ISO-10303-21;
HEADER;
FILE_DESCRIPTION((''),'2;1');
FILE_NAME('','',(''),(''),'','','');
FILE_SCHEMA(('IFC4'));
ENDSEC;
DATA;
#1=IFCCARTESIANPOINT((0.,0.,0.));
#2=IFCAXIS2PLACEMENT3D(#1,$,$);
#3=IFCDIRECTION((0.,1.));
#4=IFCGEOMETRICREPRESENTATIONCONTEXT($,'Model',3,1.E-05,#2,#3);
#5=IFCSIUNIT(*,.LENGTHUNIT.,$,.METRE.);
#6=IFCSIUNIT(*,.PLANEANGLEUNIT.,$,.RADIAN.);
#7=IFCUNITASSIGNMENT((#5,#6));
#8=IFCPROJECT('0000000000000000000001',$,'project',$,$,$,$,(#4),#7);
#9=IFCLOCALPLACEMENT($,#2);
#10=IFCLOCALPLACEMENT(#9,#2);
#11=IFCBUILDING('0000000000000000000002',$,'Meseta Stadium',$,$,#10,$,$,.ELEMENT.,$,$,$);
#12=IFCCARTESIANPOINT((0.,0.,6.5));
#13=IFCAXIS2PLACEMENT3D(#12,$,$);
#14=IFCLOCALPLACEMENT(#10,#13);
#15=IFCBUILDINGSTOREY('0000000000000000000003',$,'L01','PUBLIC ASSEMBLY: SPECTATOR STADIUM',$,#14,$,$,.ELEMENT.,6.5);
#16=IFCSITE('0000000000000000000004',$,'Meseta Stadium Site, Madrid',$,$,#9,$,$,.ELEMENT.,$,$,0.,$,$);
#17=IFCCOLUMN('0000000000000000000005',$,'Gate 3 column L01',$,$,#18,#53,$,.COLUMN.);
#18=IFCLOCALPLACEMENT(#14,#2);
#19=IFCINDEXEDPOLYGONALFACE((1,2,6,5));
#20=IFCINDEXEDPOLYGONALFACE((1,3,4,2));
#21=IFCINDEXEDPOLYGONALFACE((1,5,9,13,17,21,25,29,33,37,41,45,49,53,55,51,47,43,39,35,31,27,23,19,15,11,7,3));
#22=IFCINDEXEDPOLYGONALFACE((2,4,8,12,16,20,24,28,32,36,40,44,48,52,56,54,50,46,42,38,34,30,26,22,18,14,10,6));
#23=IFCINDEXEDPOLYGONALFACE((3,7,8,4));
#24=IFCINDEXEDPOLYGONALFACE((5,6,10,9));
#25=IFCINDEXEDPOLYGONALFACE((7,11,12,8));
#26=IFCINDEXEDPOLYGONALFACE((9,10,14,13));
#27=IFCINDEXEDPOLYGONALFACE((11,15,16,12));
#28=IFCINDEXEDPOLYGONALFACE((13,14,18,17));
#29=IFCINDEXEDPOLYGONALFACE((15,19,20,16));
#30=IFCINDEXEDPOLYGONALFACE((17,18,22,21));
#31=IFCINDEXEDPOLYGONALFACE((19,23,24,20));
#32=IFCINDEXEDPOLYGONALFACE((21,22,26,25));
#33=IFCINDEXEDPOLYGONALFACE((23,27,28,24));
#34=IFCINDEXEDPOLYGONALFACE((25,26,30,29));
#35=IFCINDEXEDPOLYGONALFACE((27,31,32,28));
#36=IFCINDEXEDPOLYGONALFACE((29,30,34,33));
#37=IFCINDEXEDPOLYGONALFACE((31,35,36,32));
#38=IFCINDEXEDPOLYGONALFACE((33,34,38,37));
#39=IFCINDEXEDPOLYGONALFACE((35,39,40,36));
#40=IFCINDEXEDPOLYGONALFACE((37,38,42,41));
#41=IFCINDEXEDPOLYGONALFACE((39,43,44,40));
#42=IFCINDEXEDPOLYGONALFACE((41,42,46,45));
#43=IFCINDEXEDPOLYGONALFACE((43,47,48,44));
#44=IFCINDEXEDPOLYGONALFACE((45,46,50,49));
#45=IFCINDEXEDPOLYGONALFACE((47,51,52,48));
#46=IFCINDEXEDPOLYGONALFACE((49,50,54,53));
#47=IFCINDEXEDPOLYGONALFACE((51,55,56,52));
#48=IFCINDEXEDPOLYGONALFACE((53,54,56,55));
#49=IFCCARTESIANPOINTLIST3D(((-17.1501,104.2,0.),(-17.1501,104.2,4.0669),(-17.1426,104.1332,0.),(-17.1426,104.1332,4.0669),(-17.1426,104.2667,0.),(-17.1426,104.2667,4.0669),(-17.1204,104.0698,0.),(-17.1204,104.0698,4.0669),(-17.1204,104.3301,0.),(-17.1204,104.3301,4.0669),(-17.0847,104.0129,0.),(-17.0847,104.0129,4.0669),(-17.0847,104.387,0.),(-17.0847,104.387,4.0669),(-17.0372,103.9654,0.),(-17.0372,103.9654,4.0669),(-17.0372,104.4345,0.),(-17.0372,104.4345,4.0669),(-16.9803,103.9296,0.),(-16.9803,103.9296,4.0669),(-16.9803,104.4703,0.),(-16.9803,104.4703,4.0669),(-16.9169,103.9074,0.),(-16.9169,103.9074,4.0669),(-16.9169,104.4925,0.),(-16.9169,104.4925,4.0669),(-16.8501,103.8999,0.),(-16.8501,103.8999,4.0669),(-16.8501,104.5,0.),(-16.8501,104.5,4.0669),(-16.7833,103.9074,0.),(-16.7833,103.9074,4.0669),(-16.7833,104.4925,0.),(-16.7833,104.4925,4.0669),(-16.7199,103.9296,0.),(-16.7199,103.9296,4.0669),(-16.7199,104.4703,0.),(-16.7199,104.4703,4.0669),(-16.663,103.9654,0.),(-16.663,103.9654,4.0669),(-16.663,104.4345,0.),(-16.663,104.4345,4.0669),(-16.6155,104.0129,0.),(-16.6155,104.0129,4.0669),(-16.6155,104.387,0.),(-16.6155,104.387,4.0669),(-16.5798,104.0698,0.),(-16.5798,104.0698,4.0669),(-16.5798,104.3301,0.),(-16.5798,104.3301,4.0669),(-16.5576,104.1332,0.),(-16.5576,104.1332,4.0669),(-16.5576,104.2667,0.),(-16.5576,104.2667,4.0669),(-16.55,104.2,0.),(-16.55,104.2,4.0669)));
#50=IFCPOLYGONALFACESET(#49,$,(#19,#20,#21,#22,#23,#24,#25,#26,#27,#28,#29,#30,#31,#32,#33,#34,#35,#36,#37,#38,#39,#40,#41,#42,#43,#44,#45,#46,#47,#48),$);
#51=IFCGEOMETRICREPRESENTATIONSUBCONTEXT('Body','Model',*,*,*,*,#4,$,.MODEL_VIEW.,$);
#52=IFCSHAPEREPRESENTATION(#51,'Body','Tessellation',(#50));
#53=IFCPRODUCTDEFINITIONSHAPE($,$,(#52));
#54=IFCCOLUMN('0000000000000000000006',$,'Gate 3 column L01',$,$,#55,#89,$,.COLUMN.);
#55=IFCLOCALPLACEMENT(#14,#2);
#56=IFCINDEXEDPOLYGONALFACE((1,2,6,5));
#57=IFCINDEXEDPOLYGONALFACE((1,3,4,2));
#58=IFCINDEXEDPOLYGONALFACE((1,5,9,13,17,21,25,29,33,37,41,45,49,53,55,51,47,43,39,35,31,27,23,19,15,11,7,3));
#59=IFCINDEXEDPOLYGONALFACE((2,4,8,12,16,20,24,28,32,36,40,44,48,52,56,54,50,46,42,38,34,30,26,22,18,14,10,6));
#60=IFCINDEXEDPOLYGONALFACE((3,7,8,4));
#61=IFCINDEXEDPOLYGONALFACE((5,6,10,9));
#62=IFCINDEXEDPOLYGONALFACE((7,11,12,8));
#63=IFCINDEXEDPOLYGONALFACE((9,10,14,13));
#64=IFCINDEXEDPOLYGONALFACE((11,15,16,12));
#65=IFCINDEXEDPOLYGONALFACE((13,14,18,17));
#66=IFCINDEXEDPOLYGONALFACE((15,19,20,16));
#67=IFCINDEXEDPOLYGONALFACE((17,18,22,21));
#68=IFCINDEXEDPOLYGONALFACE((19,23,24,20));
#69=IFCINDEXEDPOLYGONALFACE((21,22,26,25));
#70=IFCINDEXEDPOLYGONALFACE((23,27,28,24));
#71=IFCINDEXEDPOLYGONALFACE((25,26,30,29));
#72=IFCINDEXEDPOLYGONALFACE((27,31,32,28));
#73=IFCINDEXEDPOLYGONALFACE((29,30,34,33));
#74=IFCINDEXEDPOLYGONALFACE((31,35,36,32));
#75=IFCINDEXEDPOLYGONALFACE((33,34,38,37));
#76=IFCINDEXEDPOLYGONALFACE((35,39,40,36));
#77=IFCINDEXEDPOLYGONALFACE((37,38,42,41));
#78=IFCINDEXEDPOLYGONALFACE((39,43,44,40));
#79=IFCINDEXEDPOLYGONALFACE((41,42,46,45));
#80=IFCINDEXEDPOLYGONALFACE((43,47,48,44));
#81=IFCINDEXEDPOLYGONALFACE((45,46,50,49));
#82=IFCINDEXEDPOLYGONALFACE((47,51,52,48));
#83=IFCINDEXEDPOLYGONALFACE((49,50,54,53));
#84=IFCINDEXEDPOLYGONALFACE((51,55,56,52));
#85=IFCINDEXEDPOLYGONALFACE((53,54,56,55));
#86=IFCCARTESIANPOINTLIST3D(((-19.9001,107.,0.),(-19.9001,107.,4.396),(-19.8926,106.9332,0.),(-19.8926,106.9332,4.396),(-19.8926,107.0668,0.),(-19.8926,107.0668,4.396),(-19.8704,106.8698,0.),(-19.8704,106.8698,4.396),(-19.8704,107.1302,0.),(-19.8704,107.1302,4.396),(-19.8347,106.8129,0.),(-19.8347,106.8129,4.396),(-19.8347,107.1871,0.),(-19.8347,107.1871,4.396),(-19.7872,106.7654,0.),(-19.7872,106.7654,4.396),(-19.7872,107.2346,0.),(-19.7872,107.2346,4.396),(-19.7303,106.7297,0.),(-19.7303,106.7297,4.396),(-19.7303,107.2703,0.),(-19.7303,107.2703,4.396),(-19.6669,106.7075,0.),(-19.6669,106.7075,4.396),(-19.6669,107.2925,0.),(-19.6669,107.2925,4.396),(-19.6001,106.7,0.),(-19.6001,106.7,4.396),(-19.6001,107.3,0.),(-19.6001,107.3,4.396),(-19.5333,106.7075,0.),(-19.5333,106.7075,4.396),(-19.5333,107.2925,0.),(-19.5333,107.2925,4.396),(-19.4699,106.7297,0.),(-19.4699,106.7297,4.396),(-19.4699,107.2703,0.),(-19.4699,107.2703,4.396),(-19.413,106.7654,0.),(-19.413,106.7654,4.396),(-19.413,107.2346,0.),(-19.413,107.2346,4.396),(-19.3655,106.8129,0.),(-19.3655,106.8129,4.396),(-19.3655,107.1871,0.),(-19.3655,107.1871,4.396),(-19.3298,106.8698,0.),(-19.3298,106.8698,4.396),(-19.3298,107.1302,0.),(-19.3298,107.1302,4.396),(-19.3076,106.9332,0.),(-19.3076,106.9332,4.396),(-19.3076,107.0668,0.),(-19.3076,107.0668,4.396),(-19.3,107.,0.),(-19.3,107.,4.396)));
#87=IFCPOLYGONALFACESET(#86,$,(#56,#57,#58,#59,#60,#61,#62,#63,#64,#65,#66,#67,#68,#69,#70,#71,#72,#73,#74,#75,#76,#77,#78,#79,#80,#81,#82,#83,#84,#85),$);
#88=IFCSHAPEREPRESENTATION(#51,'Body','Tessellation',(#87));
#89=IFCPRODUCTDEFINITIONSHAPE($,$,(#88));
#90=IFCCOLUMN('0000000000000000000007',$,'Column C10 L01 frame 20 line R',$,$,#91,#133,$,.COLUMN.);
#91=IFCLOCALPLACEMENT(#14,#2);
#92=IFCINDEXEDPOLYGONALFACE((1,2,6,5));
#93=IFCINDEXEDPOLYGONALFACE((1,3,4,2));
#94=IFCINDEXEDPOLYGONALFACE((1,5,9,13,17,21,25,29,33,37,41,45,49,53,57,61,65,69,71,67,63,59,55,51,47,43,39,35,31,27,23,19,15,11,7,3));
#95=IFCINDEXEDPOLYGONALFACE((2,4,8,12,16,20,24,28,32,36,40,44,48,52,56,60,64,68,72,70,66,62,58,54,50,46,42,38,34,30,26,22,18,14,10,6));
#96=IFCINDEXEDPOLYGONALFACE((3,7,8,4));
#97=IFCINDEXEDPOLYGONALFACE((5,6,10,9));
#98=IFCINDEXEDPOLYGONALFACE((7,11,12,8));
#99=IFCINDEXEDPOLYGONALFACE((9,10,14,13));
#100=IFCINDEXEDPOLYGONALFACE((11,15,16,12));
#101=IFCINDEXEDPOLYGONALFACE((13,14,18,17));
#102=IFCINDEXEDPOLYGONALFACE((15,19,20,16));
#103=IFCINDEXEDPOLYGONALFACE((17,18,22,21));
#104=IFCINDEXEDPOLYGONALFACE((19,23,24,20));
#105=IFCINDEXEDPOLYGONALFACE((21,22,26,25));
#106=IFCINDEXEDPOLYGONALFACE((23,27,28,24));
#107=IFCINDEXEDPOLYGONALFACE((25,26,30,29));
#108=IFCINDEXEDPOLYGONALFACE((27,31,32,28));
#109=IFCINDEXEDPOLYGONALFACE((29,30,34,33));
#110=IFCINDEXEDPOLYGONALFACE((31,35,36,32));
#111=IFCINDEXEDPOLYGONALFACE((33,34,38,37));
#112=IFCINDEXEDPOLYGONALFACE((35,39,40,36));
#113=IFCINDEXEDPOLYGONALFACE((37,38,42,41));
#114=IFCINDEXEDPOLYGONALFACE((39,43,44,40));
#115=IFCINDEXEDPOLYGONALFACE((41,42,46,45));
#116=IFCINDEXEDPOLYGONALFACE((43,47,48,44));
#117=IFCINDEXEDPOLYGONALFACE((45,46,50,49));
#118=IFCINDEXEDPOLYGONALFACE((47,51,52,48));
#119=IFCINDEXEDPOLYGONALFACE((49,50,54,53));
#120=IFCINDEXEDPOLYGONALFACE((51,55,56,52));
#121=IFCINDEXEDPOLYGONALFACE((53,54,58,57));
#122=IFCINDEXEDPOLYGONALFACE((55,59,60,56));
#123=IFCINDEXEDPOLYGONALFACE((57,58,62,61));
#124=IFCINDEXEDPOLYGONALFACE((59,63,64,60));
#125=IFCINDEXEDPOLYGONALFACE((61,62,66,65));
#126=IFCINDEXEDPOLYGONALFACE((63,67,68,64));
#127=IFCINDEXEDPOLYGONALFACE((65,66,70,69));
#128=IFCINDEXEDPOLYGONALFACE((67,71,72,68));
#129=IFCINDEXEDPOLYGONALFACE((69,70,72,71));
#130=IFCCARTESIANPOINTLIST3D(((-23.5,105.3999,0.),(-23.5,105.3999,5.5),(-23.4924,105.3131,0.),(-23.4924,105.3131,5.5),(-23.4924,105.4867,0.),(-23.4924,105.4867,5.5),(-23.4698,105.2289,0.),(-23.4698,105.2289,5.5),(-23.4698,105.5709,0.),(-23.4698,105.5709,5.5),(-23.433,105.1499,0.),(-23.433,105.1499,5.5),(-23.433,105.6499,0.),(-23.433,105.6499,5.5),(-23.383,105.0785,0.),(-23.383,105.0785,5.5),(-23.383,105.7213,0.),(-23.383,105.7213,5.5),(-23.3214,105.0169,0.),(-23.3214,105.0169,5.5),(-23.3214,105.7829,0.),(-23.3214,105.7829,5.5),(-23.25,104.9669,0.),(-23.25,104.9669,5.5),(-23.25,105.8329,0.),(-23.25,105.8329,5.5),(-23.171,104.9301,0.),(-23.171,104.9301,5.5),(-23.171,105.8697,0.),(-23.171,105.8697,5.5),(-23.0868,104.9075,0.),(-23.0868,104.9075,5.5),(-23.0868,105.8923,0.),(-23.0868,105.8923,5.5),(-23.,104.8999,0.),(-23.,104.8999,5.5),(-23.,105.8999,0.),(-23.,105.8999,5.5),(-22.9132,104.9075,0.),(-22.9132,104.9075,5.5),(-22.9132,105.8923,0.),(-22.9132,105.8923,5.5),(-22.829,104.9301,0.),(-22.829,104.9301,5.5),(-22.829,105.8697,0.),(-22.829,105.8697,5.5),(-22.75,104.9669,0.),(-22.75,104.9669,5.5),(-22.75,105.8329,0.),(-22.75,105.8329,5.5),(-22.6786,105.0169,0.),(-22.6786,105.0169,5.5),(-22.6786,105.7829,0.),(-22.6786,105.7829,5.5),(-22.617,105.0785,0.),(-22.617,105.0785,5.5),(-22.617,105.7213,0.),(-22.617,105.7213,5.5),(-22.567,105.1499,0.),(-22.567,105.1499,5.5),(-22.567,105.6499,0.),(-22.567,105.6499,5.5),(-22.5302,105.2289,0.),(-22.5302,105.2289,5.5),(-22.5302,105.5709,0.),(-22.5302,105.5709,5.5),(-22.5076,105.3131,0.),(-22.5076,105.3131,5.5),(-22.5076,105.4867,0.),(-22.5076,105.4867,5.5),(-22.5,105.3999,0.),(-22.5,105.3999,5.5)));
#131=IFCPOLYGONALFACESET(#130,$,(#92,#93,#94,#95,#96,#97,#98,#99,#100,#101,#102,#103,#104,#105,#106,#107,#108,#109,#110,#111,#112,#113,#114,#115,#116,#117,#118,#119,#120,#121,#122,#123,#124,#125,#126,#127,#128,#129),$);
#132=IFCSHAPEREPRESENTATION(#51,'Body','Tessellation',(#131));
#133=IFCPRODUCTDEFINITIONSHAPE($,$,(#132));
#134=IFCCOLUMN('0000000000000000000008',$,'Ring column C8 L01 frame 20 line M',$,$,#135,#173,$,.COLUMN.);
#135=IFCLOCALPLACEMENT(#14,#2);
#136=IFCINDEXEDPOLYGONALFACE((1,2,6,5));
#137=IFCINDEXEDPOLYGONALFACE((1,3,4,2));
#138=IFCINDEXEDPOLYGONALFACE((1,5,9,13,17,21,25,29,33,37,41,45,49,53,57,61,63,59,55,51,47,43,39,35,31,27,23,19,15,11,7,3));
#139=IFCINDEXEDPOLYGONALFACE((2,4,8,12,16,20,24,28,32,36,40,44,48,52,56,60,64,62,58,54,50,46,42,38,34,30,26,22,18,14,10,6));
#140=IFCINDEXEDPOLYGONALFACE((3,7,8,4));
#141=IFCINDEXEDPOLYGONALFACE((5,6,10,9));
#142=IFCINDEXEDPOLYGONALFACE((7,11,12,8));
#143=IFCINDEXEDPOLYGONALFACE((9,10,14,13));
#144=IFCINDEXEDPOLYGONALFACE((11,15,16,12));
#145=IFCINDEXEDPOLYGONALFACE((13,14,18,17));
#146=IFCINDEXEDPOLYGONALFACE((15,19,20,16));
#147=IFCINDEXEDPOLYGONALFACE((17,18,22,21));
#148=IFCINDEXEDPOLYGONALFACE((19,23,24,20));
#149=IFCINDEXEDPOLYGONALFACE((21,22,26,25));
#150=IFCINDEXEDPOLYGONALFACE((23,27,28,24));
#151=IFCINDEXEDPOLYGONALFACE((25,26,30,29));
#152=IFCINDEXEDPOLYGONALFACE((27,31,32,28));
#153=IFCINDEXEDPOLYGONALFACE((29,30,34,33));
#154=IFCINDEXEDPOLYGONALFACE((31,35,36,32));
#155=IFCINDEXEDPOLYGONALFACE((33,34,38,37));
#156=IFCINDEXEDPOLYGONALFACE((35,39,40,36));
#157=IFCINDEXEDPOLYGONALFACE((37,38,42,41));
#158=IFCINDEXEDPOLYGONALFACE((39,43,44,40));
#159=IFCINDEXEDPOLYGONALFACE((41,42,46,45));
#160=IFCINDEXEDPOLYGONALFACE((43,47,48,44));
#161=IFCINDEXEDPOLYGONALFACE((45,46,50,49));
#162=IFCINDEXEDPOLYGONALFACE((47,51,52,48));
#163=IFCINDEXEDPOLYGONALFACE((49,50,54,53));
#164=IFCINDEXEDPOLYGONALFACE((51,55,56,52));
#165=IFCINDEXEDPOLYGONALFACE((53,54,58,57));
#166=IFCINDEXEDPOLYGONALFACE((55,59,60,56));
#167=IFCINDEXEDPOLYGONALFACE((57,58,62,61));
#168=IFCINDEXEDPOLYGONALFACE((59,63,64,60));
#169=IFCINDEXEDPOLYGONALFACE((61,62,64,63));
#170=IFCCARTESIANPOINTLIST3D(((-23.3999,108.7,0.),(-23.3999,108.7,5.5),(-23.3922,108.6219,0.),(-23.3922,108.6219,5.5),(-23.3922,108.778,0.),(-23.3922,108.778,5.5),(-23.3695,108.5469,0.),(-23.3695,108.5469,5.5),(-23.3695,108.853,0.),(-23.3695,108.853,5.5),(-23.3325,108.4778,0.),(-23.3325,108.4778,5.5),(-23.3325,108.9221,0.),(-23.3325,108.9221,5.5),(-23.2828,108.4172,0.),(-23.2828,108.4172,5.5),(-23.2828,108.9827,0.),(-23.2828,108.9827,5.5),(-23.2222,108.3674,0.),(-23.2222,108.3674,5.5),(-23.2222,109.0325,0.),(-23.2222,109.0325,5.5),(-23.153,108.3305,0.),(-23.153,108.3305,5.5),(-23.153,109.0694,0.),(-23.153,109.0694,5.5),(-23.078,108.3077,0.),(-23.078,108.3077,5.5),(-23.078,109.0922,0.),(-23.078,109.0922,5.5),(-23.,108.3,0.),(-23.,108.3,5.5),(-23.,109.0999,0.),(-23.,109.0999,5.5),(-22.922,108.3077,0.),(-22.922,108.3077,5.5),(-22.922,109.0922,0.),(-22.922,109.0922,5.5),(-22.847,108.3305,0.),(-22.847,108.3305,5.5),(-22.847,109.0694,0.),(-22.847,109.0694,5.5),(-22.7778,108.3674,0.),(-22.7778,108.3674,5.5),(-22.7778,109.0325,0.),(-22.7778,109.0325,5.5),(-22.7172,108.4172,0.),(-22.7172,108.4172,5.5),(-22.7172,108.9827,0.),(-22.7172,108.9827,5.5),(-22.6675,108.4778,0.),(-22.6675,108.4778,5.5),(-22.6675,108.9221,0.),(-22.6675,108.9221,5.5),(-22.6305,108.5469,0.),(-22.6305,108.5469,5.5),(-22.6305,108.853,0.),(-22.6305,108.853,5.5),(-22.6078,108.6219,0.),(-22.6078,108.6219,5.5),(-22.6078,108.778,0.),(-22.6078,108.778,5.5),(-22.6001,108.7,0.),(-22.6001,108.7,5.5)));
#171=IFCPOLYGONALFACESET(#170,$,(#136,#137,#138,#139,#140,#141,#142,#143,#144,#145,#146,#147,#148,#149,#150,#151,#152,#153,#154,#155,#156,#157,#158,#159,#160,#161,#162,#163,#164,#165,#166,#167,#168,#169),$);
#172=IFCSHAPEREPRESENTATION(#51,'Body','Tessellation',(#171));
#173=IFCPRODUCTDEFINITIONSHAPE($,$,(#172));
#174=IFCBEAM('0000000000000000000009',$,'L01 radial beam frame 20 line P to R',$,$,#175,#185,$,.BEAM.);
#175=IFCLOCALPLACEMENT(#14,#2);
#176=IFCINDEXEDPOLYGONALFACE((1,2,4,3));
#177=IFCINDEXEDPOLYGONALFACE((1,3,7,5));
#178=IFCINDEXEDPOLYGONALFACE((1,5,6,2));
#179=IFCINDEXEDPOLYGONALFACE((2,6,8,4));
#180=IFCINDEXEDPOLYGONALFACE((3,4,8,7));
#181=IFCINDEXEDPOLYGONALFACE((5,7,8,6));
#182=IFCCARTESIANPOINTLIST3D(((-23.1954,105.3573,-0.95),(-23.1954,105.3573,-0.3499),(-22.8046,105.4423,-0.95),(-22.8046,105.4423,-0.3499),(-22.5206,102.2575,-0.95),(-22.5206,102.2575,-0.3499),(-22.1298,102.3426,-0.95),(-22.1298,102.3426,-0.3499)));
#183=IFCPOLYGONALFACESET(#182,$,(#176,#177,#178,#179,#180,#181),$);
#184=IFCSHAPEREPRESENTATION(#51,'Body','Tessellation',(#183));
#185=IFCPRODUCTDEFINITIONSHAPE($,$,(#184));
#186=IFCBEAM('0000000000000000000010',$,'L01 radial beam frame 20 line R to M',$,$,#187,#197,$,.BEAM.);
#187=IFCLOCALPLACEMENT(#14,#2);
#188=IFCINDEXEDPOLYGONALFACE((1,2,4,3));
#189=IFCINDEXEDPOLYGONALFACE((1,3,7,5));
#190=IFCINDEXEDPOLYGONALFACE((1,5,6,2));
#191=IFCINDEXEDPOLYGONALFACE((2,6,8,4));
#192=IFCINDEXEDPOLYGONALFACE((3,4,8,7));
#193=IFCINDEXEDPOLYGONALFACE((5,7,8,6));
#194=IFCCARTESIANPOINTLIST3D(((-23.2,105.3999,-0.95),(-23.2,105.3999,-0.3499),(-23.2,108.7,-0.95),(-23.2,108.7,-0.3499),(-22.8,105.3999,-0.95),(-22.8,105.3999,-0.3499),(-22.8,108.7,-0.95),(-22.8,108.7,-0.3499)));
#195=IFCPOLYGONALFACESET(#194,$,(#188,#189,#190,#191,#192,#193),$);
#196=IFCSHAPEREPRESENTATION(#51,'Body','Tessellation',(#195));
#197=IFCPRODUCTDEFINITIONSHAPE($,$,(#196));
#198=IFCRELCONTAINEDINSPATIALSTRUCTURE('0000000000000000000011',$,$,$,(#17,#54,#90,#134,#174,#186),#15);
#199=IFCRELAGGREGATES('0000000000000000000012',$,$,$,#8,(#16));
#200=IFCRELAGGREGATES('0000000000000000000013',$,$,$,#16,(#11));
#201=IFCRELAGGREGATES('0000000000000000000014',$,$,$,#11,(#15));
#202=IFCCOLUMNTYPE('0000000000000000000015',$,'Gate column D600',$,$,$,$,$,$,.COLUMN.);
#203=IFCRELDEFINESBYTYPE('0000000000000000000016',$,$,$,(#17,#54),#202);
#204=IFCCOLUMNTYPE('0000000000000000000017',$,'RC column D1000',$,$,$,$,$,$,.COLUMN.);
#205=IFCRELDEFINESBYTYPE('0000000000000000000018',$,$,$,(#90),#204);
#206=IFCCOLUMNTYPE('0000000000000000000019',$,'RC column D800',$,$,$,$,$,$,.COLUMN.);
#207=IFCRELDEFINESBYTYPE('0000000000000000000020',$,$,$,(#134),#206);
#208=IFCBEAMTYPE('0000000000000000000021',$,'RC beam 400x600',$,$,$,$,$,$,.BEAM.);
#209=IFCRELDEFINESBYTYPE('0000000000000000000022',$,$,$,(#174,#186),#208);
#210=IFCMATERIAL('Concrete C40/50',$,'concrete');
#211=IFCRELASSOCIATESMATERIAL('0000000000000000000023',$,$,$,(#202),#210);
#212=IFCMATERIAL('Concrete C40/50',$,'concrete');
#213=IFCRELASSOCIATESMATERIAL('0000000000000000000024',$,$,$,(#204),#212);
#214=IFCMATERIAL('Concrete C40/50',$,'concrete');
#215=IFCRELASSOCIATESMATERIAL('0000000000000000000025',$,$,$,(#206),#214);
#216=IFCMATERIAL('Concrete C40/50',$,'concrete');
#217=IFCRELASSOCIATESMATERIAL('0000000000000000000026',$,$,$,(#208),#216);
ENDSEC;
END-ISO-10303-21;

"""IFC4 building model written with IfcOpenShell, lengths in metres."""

from ifc_helpers import new_model, si_unit, direction, frame, origin, origin_2d, place, context, subcontext, project, spatial, rectangle, circle, extrude, material, material_profile, profile_set, type_object, element, save


model = new_model("IFC4")

# Units and contexts
model_context = context("Model", 3, precision=1e-05, world=origin(), true_north=direction((0.0, 1.0)))
body_context = subcontext(model_context, "Body", "Model", "MODEL_VIEW")
ifc_project = project(units=[si_unit("LENGTHUNIT", "METRE"), si_unit("PLANEANGLEUNIT", "RADIAN")], contexts=[model_context])

# Site, building, storey
site_placement = place(None, origin())
site = spatial("IfcSite", under=ifc_project, at=site_placement, Name="Meseta Stadium Site, Madrid", CompositionType="ELEMENT", RefElevation=0.0)
building_placement = place(site_placement, origin())
building = spatial("IfcBuilding", under=site, at=building_placement, Name="Meseta Stadium", CompositionType="ELEMENT")
storey_placement = place(building_placement, frame((0.0, 0.0, 6.5)))
storey = spatial("IfcBuildingStorey", under=building, at=storey_placement, Name="L01", Description="PUBLIC ASSEMBLY: SPECTATOR STADIUM", CompositionType="ELEMENT", Elevation=6.5)

# Columns
ifc_material_1 = material(Name="Concrete C40/50", Category="concrete")
ifc_material_profile_1 = material_profile(ifc_material_1, circle(Radius=0.3, at=origin_2d()), Name="RC D600")
ifc_profile_set_1 = profile_set([ifc_material_profile_1], Name="Concrete C40/50")
column_type_1 = type_object("IfcColumnType", Name="Gate column D600", PredefinedType="COLUMN", material=ifc_profile_set_1)
column_1_placement = place(storey_placement, frame((-16.8501, 104.2, 0.0), z_axis=(0.0, 0.0, 1.0), x_axis=(1.0, 0.0, 0.0)))
element("IfcColumn", 1, at=column_1_placement, inside=storey, type_object=column_type_1, Name="Gate 3 column L01", PredefinedType="COLUMN", context=body_context, shape_type="SweptSolid", body=[
    extrude(circle(Radius=0.3, at=origin_2d()), origin(), (0.0, 0.0, 1.0), 4.0669),
])
column_2_placement = place(storey_placement, frame((-19.6001, 107.0, 0.0), z_axis=(0.0, 0.0, 1.0), x_axis=(1.0, 0.0, 0.0)))
element("IfcColumn", 2, at=column_2_placement, inside=storey, type_object=column_type_1, Name="Gate 3 column L01", PredefinedType="COLUMN", context=body_context, shape_type="SweptSolid", body=[
    extrude(circle(Radius=0.3, at=origin_2d()), origin(), (0.0, 0.0, 1.0), 4.396),
])
ifc_material_2 = material(Name="Concrete C40/50", Category="concrete")
ifc_material_profile_2 = material_profile(ifc_material_2, circle(Radius=0.5, at=origin_2d()), Name="RC D1000")
ifc_profile_set_2 = profile_set([ifc_material_profile_2], Name="Concrete C40/50")
column_type_2 = type_object("IfcColumnType", Name="RC column D1000", PredefinedType="COLUMN", material=ifc_profile_set_2)
column_3_placement = place(storey_placement, frame((-23.0, 105.3999, 0.0), z_axis=(0.0, 0.0, 1.0), x_axis=(1.0, 0.0, 0.0)))
element("IfcColumn", 3, at=column_3_placement, inside=storey, type_object=column_type_2, Name="Column C10 L01 frame 20 line R", PredefinedType="COLUMN", context=body_context, shape_type="SweptSolid", body=[
    extrude(circle(Radius=0.5, at=origin_2d()), origin(), (0.0, 0.0, 1.0), 5.5),
])
ifc_material_3 = material(Name="Concrete C40/50", Category="concrete")
ifc_material_profile_3 = material_profile(ifc_material_3, circle(Radius=0.3999, at=origin_2d()), Name="RC D800")
ifc_profile_set_3 = profile_set([ifc_material_profile_3], Name="Concrete C40/50")
column_type_3 = type_object("IfcColumnType", Name="RC column D800", PredefinedType="COLUMN", material=ifc_profile_set_3)
column_4_placement = place(storey_placement, frame((-23.0, 108.7, 0.0), z_axis=(0.0, 0.0, 1.0), x_axis=(1.0, 0.0, 0.0)))
element("IfcColumn", 4, at=column_4_placement, inside=storey, type_object=column_type_3, Name="Ring column C8 L01 frame 20 line M", PredefinedType="COLUMN", context=body_context, shape_type="SweptSolid", body=[
    extrude(circle(Radius=0.3999, at=origin_2d()), origin(), (0.0, 0.0, 1.0), 5.5),
])

# Beams
ifc_material_4 = material(Name="Concrete C40/50", Category="concrete")
ifc_material_profile_4 = material_profile(ifc_material_4, rectangle(XDim=0.3999, YDim=0.6001, at=origin_2d()), Name="RC 400x600")
ifc_profile_set_4 = profile_set([ifc_material_profile_4], Name="Concrete C40/50")
beam_type_1 = type_object("IfcBeamType", Name="RC beam 400x600", PredefinedType="BEAM", material=ifc_profile_set_4)
beam_1_placement = place(storey_placement, frame((-22.3252, 102.3, -0.6499), z_axis=(-0.212708, 0.977116, 0.0), x_axis=(-0.977116, -0.212708, 0.0)))
element("IfcBeam", 5, at=beam_1_placement, inside=storey, type_object=beam_type_1, Name="L01 radial beam frame 20 line P to R", PredefinedType="BEAM", context=body_context, shape_type="SweptSolid", body=[
    extrude(rectangle(XDim=0.3999, YDim=0.6001, at=origin_2d()), origin(), (0.0, 0.0, 1.0), 3.1724),
])
beam_2_placement = place(storey_placement, frame((-23.0, 105.3999, -0.6499), z_axis=(0.0, 1.0, 0.0), x_axis=(-1.0, 0.0, 0.0)))
element("IfcBeam", 6, at=beam_2_placement, inside=storey, type_object=beam_type_1, Name="L01 radial beam frame 20 line R to M", PredefinedType="BEAM", context=body_context, shape_type="SweptSolid", body=[
    extrude(rectangle(XDim=0.3999, YDim=0.6001, at=origin_2d()), origin(), (0.0, 0.0, 1.0), 3.3),
])

save(model, "model.ifc")
